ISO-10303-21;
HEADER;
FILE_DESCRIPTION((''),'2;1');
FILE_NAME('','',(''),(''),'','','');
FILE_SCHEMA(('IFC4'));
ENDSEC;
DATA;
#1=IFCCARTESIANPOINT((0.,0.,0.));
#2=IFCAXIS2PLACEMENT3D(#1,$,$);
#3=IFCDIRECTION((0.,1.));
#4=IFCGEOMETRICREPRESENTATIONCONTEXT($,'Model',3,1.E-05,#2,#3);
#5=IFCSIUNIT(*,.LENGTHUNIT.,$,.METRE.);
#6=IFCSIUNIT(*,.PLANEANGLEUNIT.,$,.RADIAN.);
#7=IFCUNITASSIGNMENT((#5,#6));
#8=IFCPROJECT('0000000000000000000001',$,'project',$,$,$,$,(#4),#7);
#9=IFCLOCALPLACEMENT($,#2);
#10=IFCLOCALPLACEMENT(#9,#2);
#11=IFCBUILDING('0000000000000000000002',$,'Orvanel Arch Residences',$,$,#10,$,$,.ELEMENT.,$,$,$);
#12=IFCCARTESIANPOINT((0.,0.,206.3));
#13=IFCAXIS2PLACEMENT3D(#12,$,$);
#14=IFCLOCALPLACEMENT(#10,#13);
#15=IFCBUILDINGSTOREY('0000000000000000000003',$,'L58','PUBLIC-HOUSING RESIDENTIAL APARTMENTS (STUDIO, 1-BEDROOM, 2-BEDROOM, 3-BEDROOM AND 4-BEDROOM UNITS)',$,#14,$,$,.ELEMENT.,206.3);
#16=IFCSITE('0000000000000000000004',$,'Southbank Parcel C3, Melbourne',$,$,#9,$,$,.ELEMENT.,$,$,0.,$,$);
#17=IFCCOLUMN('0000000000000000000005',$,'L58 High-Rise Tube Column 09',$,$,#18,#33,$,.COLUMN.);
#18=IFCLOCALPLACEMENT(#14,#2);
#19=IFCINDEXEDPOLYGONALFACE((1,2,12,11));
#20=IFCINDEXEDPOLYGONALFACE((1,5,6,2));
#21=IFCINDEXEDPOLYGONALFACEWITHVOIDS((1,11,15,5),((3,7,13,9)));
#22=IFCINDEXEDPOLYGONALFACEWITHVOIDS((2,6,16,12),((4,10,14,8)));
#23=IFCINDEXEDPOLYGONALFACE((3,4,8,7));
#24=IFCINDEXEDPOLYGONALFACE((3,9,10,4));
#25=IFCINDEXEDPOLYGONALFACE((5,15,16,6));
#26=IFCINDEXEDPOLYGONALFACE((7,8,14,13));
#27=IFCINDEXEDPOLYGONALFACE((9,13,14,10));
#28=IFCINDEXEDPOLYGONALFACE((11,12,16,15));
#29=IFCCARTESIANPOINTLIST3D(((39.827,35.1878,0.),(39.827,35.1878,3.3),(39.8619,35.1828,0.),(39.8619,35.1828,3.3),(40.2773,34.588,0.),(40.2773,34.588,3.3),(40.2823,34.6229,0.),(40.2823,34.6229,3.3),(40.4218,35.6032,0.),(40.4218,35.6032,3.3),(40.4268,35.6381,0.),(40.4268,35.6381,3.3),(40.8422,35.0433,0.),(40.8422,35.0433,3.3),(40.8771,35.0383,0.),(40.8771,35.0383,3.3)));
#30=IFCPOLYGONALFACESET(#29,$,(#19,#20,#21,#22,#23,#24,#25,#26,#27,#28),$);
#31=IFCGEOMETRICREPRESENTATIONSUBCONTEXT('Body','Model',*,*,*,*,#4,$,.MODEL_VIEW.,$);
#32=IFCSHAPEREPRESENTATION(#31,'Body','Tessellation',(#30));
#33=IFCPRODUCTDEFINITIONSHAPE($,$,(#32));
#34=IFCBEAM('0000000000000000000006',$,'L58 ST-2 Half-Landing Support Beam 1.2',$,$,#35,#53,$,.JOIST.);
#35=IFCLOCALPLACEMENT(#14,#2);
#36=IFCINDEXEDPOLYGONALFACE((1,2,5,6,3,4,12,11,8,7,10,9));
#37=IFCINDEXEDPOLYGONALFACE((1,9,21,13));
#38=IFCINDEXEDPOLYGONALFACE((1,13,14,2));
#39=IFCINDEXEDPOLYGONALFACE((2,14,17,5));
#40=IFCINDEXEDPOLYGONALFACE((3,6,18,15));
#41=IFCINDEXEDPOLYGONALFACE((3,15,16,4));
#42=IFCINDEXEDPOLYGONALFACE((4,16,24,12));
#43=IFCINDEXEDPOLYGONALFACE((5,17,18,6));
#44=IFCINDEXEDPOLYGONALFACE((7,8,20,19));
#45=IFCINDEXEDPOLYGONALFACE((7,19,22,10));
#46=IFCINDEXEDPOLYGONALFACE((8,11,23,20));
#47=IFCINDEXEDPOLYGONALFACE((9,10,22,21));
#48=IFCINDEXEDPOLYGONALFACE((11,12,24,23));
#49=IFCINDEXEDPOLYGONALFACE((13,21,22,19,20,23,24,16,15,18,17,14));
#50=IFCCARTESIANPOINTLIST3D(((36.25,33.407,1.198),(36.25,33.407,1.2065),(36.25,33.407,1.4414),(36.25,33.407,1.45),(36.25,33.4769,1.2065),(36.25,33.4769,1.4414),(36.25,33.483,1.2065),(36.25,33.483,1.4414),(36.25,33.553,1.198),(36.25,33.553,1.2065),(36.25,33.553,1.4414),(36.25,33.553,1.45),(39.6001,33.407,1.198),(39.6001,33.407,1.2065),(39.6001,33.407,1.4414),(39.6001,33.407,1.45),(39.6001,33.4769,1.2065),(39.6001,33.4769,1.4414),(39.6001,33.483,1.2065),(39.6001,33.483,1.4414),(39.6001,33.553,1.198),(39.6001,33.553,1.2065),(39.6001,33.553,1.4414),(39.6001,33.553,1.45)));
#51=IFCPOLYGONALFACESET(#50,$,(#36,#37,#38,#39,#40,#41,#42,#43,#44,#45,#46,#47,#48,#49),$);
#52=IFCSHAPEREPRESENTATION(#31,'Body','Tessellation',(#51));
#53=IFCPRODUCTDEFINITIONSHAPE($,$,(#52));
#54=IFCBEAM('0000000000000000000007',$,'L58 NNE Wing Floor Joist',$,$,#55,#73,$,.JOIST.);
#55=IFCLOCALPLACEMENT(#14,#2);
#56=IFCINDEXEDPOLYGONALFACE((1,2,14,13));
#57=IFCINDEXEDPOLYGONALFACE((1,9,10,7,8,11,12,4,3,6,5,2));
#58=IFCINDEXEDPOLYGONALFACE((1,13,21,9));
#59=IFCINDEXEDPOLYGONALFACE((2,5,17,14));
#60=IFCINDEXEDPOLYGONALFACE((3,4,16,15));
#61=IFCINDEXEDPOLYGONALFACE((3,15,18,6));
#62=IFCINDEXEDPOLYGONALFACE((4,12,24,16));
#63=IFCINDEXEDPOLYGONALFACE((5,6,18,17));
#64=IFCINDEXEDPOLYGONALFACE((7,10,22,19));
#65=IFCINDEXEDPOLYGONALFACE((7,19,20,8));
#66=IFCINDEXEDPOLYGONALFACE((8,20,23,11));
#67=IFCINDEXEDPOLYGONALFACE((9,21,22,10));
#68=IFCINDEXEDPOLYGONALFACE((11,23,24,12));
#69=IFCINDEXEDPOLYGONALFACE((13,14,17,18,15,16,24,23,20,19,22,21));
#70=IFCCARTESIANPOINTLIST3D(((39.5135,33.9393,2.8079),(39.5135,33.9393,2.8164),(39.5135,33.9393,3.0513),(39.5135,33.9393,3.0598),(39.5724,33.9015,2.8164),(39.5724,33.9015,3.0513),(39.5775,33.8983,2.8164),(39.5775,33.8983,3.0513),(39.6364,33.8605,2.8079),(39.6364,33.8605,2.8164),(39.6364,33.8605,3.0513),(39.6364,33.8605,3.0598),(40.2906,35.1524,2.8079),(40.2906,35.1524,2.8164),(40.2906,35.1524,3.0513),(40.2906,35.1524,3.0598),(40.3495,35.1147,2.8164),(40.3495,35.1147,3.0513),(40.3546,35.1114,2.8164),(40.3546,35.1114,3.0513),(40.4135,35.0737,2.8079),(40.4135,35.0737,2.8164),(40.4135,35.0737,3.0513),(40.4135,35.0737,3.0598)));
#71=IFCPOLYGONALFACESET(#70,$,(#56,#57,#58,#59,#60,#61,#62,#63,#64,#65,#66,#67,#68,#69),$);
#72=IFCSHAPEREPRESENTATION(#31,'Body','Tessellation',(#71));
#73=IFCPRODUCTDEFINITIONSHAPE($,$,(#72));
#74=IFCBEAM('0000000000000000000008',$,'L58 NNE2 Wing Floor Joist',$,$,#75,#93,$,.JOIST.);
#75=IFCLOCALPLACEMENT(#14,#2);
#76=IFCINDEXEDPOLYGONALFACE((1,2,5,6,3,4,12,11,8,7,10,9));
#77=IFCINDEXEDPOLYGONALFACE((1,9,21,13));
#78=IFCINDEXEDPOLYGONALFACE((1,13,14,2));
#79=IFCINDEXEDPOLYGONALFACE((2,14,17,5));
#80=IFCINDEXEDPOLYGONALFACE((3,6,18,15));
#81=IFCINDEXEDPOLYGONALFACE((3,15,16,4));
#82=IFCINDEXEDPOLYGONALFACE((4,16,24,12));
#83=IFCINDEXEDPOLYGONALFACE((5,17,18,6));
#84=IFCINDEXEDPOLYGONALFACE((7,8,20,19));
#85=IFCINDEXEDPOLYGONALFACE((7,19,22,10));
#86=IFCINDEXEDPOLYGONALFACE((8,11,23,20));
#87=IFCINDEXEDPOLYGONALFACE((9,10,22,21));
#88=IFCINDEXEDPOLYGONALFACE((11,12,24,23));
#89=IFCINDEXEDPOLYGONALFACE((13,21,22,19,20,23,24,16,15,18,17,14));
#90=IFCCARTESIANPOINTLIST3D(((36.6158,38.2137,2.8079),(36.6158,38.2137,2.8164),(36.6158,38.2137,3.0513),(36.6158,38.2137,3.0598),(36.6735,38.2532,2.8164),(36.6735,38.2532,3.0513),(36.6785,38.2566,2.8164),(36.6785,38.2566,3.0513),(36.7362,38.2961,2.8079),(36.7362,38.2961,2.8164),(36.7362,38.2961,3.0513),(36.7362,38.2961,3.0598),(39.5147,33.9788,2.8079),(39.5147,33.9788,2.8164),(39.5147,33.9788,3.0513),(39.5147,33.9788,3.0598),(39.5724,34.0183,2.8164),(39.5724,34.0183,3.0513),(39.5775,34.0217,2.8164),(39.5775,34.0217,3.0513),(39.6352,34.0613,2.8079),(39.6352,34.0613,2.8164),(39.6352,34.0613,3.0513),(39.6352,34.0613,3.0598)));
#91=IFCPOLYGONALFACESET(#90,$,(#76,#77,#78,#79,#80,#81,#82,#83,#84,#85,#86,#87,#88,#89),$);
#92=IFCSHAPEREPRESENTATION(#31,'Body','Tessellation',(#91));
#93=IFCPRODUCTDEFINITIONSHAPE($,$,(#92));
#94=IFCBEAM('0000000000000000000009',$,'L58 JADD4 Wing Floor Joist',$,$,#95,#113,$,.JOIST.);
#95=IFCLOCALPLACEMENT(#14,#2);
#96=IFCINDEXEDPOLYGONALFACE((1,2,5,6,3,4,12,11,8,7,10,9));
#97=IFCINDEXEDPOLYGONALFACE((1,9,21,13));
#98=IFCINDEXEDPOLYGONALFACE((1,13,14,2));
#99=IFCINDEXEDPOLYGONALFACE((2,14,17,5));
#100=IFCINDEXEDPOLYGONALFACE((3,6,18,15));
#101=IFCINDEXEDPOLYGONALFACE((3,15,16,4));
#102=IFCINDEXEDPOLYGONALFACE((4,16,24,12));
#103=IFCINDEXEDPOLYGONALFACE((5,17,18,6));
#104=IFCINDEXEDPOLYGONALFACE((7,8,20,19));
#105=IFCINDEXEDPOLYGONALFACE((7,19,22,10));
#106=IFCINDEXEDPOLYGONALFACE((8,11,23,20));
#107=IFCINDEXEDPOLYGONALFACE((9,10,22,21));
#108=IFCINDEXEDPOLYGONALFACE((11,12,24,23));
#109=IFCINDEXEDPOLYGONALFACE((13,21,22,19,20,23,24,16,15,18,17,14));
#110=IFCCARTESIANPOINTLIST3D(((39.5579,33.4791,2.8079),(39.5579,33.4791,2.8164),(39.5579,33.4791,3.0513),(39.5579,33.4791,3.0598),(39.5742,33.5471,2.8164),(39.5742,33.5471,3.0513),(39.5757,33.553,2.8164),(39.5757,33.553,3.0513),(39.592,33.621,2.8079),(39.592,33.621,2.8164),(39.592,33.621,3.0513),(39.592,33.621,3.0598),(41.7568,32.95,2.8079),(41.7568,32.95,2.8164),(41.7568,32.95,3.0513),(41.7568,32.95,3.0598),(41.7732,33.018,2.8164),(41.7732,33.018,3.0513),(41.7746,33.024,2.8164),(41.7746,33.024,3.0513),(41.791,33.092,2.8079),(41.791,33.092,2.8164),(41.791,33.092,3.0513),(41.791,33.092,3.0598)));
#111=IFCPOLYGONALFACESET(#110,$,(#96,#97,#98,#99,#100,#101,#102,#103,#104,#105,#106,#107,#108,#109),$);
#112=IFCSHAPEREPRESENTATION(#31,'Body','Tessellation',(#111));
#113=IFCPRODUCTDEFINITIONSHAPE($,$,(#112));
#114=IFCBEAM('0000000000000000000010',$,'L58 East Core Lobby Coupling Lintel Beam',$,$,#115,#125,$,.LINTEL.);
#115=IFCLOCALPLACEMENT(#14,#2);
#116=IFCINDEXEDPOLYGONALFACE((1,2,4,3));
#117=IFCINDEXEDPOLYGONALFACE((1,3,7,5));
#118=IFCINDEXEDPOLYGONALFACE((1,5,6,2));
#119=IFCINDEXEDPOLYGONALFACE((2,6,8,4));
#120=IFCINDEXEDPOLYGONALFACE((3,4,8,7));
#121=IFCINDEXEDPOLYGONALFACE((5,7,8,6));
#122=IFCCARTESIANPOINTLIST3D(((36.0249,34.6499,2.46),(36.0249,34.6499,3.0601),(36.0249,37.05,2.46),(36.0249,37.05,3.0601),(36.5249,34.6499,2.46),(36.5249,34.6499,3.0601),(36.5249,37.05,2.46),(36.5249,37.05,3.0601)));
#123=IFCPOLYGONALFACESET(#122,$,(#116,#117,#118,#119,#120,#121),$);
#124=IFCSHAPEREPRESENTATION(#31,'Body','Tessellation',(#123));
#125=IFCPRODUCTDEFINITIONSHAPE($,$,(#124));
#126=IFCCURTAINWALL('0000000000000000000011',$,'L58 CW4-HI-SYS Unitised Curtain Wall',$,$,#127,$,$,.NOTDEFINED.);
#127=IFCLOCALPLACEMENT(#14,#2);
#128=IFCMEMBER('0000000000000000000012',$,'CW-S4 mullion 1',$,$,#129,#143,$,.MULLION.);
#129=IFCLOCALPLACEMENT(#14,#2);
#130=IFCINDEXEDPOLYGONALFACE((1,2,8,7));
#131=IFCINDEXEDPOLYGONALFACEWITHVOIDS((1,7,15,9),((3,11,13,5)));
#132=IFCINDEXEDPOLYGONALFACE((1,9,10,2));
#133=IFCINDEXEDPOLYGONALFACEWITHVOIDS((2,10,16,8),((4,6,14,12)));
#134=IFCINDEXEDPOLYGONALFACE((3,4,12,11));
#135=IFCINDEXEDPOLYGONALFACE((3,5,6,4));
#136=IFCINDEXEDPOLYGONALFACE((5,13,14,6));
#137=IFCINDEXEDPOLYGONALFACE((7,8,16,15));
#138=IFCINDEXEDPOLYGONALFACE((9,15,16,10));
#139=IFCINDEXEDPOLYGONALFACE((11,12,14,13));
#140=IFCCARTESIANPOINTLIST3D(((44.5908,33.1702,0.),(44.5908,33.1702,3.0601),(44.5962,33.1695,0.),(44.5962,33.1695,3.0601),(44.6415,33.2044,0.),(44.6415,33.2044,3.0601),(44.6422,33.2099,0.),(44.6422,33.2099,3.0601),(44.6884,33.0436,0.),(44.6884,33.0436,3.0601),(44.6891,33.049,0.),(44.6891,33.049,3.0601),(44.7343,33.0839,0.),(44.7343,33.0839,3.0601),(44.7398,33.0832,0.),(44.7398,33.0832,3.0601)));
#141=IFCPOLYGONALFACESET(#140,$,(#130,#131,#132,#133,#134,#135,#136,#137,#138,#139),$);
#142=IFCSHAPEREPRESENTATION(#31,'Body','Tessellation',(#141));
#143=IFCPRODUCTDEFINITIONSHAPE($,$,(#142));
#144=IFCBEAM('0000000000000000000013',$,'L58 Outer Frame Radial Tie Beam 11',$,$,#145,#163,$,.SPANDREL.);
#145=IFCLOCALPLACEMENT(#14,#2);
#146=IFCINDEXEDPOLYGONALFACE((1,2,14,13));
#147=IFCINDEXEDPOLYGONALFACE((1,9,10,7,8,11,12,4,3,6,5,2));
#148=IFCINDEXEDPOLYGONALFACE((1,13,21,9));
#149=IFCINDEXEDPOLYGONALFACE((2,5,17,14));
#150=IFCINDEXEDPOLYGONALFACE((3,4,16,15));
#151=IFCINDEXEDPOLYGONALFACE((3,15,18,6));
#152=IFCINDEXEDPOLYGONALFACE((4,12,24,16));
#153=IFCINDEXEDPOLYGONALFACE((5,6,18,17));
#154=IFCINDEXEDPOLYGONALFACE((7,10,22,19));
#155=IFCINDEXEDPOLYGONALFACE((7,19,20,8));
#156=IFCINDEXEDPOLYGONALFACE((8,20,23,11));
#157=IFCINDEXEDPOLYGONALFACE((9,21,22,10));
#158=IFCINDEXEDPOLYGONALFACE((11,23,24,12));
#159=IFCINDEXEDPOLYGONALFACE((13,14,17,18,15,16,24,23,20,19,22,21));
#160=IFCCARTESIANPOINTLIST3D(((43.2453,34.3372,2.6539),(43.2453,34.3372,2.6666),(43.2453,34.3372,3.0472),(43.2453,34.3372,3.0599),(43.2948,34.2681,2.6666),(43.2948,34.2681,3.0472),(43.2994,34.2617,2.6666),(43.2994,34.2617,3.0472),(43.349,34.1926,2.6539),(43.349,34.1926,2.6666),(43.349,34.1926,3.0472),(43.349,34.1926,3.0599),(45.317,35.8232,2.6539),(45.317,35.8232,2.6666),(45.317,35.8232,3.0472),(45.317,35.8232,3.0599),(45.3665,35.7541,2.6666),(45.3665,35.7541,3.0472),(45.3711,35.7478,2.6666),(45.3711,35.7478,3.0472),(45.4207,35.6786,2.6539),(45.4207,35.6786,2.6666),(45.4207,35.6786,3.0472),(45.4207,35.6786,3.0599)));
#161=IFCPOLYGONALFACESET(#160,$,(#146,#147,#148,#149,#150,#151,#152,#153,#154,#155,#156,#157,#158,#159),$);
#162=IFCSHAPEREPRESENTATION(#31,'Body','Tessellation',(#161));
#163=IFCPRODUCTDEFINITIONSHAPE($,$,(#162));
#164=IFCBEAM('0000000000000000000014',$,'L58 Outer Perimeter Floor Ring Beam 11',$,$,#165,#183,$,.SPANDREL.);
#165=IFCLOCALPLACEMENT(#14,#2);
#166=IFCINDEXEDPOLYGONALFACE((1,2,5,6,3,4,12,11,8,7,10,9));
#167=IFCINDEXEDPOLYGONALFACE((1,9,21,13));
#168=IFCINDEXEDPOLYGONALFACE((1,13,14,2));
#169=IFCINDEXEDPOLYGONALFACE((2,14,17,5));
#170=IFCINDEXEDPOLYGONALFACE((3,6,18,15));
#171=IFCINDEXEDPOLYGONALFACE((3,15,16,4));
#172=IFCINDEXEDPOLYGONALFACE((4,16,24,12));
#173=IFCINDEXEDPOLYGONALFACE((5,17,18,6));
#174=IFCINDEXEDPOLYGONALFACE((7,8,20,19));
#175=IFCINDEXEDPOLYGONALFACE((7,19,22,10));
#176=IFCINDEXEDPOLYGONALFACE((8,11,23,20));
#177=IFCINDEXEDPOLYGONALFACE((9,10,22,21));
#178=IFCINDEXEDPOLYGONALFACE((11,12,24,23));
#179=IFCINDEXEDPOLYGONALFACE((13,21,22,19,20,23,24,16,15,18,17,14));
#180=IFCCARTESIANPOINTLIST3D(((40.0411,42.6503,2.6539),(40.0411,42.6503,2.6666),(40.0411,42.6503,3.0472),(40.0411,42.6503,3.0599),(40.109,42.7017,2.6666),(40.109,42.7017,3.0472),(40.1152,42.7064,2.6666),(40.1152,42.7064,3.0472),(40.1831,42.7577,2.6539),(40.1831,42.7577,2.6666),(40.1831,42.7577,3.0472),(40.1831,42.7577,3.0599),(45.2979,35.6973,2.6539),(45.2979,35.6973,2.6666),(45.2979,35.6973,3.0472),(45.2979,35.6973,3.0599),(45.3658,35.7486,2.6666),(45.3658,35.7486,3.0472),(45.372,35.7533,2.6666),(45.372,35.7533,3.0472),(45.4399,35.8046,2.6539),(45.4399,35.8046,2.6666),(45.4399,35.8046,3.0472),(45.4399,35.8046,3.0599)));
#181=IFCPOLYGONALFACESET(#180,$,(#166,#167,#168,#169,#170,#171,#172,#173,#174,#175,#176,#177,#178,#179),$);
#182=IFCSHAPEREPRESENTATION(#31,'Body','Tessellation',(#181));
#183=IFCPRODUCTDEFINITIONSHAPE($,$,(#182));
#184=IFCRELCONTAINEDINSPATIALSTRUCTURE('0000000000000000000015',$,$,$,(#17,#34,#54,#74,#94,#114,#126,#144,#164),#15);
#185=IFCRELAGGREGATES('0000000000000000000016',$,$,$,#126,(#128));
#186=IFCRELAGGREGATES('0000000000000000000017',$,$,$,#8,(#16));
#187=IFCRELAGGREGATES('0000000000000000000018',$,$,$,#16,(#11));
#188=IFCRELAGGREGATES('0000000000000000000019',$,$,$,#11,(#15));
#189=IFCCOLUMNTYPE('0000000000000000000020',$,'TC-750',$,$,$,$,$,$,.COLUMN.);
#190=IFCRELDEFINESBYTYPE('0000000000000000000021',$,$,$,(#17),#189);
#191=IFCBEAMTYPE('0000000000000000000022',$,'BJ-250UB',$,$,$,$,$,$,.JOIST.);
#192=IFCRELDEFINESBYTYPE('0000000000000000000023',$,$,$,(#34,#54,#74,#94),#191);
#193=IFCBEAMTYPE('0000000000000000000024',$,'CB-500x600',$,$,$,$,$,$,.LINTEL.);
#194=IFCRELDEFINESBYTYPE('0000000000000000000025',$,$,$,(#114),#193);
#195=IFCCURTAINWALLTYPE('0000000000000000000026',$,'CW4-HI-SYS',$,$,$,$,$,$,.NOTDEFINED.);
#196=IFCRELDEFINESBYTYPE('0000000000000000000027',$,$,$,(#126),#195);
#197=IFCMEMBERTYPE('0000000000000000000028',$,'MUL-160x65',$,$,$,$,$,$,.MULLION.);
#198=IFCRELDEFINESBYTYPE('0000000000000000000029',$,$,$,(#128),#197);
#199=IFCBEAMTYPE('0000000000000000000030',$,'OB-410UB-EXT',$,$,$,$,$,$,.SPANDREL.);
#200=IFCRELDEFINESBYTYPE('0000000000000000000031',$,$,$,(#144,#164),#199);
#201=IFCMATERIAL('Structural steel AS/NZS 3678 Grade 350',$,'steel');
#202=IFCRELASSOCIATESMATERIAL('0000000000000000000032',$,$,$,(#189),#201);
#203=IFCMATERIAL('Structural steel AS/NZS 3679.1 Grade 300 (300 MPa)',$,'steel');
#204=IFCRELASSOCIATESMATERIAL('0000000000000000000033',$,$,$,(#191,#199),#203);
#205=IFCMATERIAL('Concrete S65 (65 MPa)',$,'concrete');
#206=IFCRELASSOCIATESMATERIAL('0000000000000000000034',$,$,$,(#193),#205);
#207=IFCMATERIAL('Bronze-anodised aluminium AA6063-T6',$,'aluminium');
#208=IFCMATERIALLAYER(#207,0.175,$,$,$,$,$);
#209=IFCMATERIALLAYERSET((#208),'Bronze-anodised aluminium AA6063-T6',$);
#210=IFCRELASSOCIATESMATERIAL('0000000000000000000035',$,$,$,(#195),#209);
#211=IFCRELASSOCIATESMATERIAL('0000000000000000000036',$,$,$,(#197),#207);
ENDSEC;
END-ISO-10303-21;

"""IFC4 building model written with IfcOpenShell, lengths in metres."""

from ifc_helpers import new_model, si_unit, direction, frame, origin, origin_2d, place, context, subcontext, project, spatial, rectangle, hollow_rectangle, i_section, extrude, material, layer, layer_set, material_profile, profile_set, type_object, element, aggregate, save


model = new_model("IFC4")

# Units and contexts
model_context = context("Model", 3, precision=1e-05, world=origin(), true_north=direction((0.0, 1.0)))
body_context = subcontext(model_context, "Body", "Model", "MODEL_VIEW")
ifc_project = project(units=[si_unit("LENGTHUNIT", "METRE"), si_unit("PLANEANGLEUNIT", "RADIAN")], contexts=[model_context])

# Site, building, storey
site_placement = place(None, origin())
site = spatial("IfcSite", under=ifc_project, at=site_placement, Name="Southbank Parcel C3, Melbourne", CompositionType="ELEMENT", RefElevation=0.0)
building_placement = place(site_placement, origin())
building = spatial("IfcBuilding", under=site, at=building_placement, Name="Orvanel Arch Residences", CompositionType="ELEMENT")
storey_placement = place(building_placement, frame((0.0, 0.0, 206.3)))
storey = spatial("IfcBuildingStorey", under=building, at=storey_placement, Name="L58", Description="PUBLIC-HOUSING RESIDENTIAL APARTMENTS (STUDIO, 1-BEDROOM, 2-BEDROOM, 3-BEDROOM AND 4-BEDROOM UNITS)", CompositionType="ELEMENT", Elevation=206.3)

# Column
ifc_material_1 = material(Name="Structural steel AS/NZS 3678 Grade 350", Category="steel")
ifc_material_profile_1 = material_profile(ifc_material_1, hollow_rectangle(XDim=0.75, YDim=0.75, WallThickness=0.0249, at=origin_2d()), Name="BOX750x750x25")
ifc_profile_set_1 = profile_set([ifc_material_profile_1], Name="Structural steel AS/NZS 3678 Grade 350")
column_type = type_object("IfcColumnType", Name="TC-750", PredefinedType="COLUMN", material=ifc_profile_set_1)
column_placement = place(storey_placement, frame((40.3521, 35.113, 0.0), z_axis=(0.0, 0.0, 1.0), x_axis=(-0.60042, 0.799685, 0.0)))
element("IfcColumn", 1, at=column_placement, inside=storey, type_object=column_type, Name="L58 High-Rise Tube Column 09", PredefinedType="COLUMN", context=body_context, shape_type="SweptSolid", body=[
    extrude(hollow_rectangle(XDim=0.75, YDim=0.75, WallThickness=0.0249, at=origin_2d()), origin(), (0.0, 0.0, 1.0), 3.3),
])

# Beams
ifc_material_2 = material(Name="Structural steel AS/NZS 3679.1 Grade 300 (300 MPa)", Category="steel")
ifc_material_profile_2 = material_profile(ifc_material_2, i_section(OverallWidth=0.146, OverallDepth=0.252, WebThickness=0.0061, FlangeThickness=0.0085, at=origin_2d()), Name="250UB31.4")
ifc_profile_set_2 = profile_set([ifc_material_profile_2], Name="Structural steel AS/NZS 3679.1 Grade 300 (300 MPa)")
beam_type_1 = type_object("IfcBeamType", Name="BJ-250UB", PredefinedType="JOIST", material=ifc_profile_set_2)
beam_1_placement = place(storey_placement, frame((36.25, 33.48, 1.324), z_axis=(1.0, 0.0, 0.0), x_axis=(0.0, 1.0, 0.0)))
element("IfcBeam", 2, at=beam_1_placement, inside=storey, type_object=beam_type_1, Name="L58 ST-2 Half-Landing Support Beam 1.2", PredefinedType="JOIST", context=body_context, shape_type="SweptSolid", body=[
    extrude(i_section(OverallWidth=0.146, OverallDepth=0.252, WebThickness=0.0061, FlangeThickness=0.0085, at=origin_2d()), origin(), (0.0, 0.0, 1.0), 3.3501),
])
beam_2_placement = place(storey_placement, frame((39.575, 33.8999, 2.9338), z_axis=(0.539395, 0.842053, 0.0), x_axis=(-0.842053, 0.539395, 0.0)))
element("IfcBeam", 3, at=beam_2_placement, inside=storey, type_object=beam_type_1, Name="L58 NNE Wing Floor Joist", PredefinedType="JOIST", context=body_context, shape_type="SweptSolid", body=[
    extrude(i_section(OverallWidth=0.146, OverallDepth=0.252, WebThickness=0.0061, FlangeThickness=0.0085, at=origin_2d()), origin(), (0.0, 0.0, 1.0), 1.4407),
])
beam_3_placement = place(storey_placement, frame((39.575, 34.02, 2.9338), z_axis=(-0.564868, 0.825181, 0.0), x_axis=(-0.825181, -0.564868, 0.0)))
element("IfcBeam", 4, at=beam_3_placement, inside=storey, type_object=beam_type_1, Name="L58 NNE2 Wing Floor Joist", PredefinedType="JOIST", context=body_context, shape_type="SweptSolid", body=[
    extrude(i_section(OverallWidth=0.146, OverallDepth=0.252, WebThickness=0.0061, FlangeThickness=0.0085, at=origin_2d()), origin(), (0.0, 0.0, 1.0), 5.1321),
])
beam_4_placement = place(storey_placement, frame((39.575, 33.55, 2.9338), z_axis=(0.972257, -0.233916, 0.0), x_axis=(0.233916, 0.972257, 0.0)))
element("IfcBeam", 5, at=beam_4_placement, inside=storey, type_object=beam_type_1, Name="L58 JADD4 Wing Floor Joist", PredefinedType="JOIST", context=body_context, shape_type="SweptSolid", body=[
    extrude(i_section(OverallWidth=0.146, OverallDepth=0.252, WebThickness=0.0061, FlangeThickness=0.0085, at=origin_2d()), origin(), (0.0, 0.0, 1.0), 2.2617),
])
ifc_material_3 = material(Name="Concrete S65 (65 MPa)", Category="concrete")
ifc_material_profile_3 = material_profile(ifc_material_3, rectangle(XDim=0.5, YDim=0.6001, at=origin_2d()), Name="RC500x600")
ifc_profile_set_3 = profile_set([ifc_material_profile_3], Name="Concrete S65 (65 MPa)")
beam_type_2 = type_object("IfcBeamType", Name="CB-500x600", PredefinedType="LINTEL", material=ifc_profile_set_3)
beam_5_placement = place(storey_placement, frame((36.2749, 34.6499, 2.76), z_axis=(0.0, 1.0, 0.0), x_axis=(-1.0, 0.0, 0.0)))
element("IfcBeam", 6, at=beam_5_placement, inside=storey, type_object=beam_type_2, Name="L58 East Core Lobby Coupling Lintel Beam", PredefinedType="LINTEL", context=body_context, shape_type="SweptSolid", body=[
    extrude(rectangle(XDim=0.5, YDim=0.6001, at=origin_2d()), origin(), (0.0, 0.0, 1.0), 2.4001),
])

# Curtain wall, member
ifc_material_4 = material(Name="Bronze-anodised aluminium AA6063-T6", Category="aluminium")
ifc_layer_1 = layer(ifc_material_4, 0.175)
ifc_layer_set_1 = layer_set([ifc_layer_1], Name="Bronze-anodised aluminium AA6063-T6")
curtain_wall_type = type_object("IfcCurtainWallType", Name="CW4-HI-SYS", PredefinedType="NOTDEFINED", material=ifc_layer_set_1)
curtain_wall_placement = place(storey_placement, origin())
curtain_wall = element("IfcCurtainWall", 7, at=curtain_wall_placement, inside=storey, type_object=curtain_wall_type, Name="L58 CW4-HI-SYS Unitised Curtain Wall", PredefinedType="NOTDEFINED")
ifc_material_profile_4 = material_profile(ifc_material_4, hollow_rectangle(XDim=0.0649, YDim=0.1599, WallThickness=0.0039, at=origin_2d()), Name="ALU160x65x4")
ifc_profile_set_4 = profile_set([ifc_material_profile_4], Name="Bronze-anodised aluminium AA6063-T6")
member_type_1 = type_object("IfcMemberType", Name="MUL-160x65", PredefinedType="MULLION", material=ifc_profile_set_4)
member_1_placement = place(storey_placement, frame((44.6653, 33.1267, 0.0), z_axis=(0.0, 0.0, 1.0), x_axis=(-0.792151, -0.610325, 0.0)))
member_1 = element("IfcMember", 8, at=member_1_placement, type_object=member_type_1, Name="CW-S4 mullion 1", PredefinedType="MULLION", context=body_context, shape_type="SweptSolid", body=[
    extrude(hollow_rectangle(XDim=0.0649, YDim=0.1599, WallThickness=0.0039, at=origin_2d()), origin(), (0.0, 0.0, 1.0), 3.0601),
])

# Beams
ifc_material_profile_5 = material_profile(ifc_material_2, i_section(OverallWidth=0.178, OverallDepth=0.406, WebThickness=0.0078, FlangeThickness=0.0127, at=origin_2d()), Name="410UB59.7")
ifc_profile_set_5 = profile_set([ifc_material_profile_5], Name="Structural steel AS/NZS 3679.1 Grade 300 (300 MPa)")
beam_type_3 = type_object("IfcBeamType", Name="OB-410UB-EXT", PredefinedType="SPANDREL", material=ifc_profile_set_5)
beam_6_placement = place(storey_placement, frame((43.2971, 34.2649, 2.8569), z_axis=(0.812574, 0.582858, 0.0), x_axis=(-0.582858, 0.812574, 0.0)))
element("IfcBeam", 9, at=beam_6_placement, inside=storey, type_object=beam_type_3, Name="L58 Outer Frame Radial Tie Beam 11", PredefinedType="SPANDREL", context=body_context, shape_type="SweptSolid", body=[
    extrude(i_section(OverallWidth=0.178, OverallDepth=0.406, WebThickness=0.0078, FlangeThickness=0.0127, at=origin_2d()), origin(), (0.0, 0.0, 1.0), 2.5496),
])
beam_7_placement = place(storey_placement, frame((45.3689, 35.751, 2.8569), z_axis=(-0.603079, 0.797682, 0.0), x_axis=(-0.797682, -0.603079, 0.0)))
element("IfcBeam", 10, at=beam_7_placement, inside=storey, type_object=beam_type_3, Name="L58 Outer Perimeter Floor Ring Beam 11", PredefinedType="SPANDREL", context=body_context, shape_type="SweptSolid", body=[
    extrude(i_section(OverallWidth=0.178, OverallDepth=0.406, WebThickness=0.0078, FlangeThickness=0.0127, at=origin_2d()), origin(), (0.0, 0.0, 1.0), 8.7166),
])

aggregate(curtain_wall, [member_1])

save(model, "model.ifc")
